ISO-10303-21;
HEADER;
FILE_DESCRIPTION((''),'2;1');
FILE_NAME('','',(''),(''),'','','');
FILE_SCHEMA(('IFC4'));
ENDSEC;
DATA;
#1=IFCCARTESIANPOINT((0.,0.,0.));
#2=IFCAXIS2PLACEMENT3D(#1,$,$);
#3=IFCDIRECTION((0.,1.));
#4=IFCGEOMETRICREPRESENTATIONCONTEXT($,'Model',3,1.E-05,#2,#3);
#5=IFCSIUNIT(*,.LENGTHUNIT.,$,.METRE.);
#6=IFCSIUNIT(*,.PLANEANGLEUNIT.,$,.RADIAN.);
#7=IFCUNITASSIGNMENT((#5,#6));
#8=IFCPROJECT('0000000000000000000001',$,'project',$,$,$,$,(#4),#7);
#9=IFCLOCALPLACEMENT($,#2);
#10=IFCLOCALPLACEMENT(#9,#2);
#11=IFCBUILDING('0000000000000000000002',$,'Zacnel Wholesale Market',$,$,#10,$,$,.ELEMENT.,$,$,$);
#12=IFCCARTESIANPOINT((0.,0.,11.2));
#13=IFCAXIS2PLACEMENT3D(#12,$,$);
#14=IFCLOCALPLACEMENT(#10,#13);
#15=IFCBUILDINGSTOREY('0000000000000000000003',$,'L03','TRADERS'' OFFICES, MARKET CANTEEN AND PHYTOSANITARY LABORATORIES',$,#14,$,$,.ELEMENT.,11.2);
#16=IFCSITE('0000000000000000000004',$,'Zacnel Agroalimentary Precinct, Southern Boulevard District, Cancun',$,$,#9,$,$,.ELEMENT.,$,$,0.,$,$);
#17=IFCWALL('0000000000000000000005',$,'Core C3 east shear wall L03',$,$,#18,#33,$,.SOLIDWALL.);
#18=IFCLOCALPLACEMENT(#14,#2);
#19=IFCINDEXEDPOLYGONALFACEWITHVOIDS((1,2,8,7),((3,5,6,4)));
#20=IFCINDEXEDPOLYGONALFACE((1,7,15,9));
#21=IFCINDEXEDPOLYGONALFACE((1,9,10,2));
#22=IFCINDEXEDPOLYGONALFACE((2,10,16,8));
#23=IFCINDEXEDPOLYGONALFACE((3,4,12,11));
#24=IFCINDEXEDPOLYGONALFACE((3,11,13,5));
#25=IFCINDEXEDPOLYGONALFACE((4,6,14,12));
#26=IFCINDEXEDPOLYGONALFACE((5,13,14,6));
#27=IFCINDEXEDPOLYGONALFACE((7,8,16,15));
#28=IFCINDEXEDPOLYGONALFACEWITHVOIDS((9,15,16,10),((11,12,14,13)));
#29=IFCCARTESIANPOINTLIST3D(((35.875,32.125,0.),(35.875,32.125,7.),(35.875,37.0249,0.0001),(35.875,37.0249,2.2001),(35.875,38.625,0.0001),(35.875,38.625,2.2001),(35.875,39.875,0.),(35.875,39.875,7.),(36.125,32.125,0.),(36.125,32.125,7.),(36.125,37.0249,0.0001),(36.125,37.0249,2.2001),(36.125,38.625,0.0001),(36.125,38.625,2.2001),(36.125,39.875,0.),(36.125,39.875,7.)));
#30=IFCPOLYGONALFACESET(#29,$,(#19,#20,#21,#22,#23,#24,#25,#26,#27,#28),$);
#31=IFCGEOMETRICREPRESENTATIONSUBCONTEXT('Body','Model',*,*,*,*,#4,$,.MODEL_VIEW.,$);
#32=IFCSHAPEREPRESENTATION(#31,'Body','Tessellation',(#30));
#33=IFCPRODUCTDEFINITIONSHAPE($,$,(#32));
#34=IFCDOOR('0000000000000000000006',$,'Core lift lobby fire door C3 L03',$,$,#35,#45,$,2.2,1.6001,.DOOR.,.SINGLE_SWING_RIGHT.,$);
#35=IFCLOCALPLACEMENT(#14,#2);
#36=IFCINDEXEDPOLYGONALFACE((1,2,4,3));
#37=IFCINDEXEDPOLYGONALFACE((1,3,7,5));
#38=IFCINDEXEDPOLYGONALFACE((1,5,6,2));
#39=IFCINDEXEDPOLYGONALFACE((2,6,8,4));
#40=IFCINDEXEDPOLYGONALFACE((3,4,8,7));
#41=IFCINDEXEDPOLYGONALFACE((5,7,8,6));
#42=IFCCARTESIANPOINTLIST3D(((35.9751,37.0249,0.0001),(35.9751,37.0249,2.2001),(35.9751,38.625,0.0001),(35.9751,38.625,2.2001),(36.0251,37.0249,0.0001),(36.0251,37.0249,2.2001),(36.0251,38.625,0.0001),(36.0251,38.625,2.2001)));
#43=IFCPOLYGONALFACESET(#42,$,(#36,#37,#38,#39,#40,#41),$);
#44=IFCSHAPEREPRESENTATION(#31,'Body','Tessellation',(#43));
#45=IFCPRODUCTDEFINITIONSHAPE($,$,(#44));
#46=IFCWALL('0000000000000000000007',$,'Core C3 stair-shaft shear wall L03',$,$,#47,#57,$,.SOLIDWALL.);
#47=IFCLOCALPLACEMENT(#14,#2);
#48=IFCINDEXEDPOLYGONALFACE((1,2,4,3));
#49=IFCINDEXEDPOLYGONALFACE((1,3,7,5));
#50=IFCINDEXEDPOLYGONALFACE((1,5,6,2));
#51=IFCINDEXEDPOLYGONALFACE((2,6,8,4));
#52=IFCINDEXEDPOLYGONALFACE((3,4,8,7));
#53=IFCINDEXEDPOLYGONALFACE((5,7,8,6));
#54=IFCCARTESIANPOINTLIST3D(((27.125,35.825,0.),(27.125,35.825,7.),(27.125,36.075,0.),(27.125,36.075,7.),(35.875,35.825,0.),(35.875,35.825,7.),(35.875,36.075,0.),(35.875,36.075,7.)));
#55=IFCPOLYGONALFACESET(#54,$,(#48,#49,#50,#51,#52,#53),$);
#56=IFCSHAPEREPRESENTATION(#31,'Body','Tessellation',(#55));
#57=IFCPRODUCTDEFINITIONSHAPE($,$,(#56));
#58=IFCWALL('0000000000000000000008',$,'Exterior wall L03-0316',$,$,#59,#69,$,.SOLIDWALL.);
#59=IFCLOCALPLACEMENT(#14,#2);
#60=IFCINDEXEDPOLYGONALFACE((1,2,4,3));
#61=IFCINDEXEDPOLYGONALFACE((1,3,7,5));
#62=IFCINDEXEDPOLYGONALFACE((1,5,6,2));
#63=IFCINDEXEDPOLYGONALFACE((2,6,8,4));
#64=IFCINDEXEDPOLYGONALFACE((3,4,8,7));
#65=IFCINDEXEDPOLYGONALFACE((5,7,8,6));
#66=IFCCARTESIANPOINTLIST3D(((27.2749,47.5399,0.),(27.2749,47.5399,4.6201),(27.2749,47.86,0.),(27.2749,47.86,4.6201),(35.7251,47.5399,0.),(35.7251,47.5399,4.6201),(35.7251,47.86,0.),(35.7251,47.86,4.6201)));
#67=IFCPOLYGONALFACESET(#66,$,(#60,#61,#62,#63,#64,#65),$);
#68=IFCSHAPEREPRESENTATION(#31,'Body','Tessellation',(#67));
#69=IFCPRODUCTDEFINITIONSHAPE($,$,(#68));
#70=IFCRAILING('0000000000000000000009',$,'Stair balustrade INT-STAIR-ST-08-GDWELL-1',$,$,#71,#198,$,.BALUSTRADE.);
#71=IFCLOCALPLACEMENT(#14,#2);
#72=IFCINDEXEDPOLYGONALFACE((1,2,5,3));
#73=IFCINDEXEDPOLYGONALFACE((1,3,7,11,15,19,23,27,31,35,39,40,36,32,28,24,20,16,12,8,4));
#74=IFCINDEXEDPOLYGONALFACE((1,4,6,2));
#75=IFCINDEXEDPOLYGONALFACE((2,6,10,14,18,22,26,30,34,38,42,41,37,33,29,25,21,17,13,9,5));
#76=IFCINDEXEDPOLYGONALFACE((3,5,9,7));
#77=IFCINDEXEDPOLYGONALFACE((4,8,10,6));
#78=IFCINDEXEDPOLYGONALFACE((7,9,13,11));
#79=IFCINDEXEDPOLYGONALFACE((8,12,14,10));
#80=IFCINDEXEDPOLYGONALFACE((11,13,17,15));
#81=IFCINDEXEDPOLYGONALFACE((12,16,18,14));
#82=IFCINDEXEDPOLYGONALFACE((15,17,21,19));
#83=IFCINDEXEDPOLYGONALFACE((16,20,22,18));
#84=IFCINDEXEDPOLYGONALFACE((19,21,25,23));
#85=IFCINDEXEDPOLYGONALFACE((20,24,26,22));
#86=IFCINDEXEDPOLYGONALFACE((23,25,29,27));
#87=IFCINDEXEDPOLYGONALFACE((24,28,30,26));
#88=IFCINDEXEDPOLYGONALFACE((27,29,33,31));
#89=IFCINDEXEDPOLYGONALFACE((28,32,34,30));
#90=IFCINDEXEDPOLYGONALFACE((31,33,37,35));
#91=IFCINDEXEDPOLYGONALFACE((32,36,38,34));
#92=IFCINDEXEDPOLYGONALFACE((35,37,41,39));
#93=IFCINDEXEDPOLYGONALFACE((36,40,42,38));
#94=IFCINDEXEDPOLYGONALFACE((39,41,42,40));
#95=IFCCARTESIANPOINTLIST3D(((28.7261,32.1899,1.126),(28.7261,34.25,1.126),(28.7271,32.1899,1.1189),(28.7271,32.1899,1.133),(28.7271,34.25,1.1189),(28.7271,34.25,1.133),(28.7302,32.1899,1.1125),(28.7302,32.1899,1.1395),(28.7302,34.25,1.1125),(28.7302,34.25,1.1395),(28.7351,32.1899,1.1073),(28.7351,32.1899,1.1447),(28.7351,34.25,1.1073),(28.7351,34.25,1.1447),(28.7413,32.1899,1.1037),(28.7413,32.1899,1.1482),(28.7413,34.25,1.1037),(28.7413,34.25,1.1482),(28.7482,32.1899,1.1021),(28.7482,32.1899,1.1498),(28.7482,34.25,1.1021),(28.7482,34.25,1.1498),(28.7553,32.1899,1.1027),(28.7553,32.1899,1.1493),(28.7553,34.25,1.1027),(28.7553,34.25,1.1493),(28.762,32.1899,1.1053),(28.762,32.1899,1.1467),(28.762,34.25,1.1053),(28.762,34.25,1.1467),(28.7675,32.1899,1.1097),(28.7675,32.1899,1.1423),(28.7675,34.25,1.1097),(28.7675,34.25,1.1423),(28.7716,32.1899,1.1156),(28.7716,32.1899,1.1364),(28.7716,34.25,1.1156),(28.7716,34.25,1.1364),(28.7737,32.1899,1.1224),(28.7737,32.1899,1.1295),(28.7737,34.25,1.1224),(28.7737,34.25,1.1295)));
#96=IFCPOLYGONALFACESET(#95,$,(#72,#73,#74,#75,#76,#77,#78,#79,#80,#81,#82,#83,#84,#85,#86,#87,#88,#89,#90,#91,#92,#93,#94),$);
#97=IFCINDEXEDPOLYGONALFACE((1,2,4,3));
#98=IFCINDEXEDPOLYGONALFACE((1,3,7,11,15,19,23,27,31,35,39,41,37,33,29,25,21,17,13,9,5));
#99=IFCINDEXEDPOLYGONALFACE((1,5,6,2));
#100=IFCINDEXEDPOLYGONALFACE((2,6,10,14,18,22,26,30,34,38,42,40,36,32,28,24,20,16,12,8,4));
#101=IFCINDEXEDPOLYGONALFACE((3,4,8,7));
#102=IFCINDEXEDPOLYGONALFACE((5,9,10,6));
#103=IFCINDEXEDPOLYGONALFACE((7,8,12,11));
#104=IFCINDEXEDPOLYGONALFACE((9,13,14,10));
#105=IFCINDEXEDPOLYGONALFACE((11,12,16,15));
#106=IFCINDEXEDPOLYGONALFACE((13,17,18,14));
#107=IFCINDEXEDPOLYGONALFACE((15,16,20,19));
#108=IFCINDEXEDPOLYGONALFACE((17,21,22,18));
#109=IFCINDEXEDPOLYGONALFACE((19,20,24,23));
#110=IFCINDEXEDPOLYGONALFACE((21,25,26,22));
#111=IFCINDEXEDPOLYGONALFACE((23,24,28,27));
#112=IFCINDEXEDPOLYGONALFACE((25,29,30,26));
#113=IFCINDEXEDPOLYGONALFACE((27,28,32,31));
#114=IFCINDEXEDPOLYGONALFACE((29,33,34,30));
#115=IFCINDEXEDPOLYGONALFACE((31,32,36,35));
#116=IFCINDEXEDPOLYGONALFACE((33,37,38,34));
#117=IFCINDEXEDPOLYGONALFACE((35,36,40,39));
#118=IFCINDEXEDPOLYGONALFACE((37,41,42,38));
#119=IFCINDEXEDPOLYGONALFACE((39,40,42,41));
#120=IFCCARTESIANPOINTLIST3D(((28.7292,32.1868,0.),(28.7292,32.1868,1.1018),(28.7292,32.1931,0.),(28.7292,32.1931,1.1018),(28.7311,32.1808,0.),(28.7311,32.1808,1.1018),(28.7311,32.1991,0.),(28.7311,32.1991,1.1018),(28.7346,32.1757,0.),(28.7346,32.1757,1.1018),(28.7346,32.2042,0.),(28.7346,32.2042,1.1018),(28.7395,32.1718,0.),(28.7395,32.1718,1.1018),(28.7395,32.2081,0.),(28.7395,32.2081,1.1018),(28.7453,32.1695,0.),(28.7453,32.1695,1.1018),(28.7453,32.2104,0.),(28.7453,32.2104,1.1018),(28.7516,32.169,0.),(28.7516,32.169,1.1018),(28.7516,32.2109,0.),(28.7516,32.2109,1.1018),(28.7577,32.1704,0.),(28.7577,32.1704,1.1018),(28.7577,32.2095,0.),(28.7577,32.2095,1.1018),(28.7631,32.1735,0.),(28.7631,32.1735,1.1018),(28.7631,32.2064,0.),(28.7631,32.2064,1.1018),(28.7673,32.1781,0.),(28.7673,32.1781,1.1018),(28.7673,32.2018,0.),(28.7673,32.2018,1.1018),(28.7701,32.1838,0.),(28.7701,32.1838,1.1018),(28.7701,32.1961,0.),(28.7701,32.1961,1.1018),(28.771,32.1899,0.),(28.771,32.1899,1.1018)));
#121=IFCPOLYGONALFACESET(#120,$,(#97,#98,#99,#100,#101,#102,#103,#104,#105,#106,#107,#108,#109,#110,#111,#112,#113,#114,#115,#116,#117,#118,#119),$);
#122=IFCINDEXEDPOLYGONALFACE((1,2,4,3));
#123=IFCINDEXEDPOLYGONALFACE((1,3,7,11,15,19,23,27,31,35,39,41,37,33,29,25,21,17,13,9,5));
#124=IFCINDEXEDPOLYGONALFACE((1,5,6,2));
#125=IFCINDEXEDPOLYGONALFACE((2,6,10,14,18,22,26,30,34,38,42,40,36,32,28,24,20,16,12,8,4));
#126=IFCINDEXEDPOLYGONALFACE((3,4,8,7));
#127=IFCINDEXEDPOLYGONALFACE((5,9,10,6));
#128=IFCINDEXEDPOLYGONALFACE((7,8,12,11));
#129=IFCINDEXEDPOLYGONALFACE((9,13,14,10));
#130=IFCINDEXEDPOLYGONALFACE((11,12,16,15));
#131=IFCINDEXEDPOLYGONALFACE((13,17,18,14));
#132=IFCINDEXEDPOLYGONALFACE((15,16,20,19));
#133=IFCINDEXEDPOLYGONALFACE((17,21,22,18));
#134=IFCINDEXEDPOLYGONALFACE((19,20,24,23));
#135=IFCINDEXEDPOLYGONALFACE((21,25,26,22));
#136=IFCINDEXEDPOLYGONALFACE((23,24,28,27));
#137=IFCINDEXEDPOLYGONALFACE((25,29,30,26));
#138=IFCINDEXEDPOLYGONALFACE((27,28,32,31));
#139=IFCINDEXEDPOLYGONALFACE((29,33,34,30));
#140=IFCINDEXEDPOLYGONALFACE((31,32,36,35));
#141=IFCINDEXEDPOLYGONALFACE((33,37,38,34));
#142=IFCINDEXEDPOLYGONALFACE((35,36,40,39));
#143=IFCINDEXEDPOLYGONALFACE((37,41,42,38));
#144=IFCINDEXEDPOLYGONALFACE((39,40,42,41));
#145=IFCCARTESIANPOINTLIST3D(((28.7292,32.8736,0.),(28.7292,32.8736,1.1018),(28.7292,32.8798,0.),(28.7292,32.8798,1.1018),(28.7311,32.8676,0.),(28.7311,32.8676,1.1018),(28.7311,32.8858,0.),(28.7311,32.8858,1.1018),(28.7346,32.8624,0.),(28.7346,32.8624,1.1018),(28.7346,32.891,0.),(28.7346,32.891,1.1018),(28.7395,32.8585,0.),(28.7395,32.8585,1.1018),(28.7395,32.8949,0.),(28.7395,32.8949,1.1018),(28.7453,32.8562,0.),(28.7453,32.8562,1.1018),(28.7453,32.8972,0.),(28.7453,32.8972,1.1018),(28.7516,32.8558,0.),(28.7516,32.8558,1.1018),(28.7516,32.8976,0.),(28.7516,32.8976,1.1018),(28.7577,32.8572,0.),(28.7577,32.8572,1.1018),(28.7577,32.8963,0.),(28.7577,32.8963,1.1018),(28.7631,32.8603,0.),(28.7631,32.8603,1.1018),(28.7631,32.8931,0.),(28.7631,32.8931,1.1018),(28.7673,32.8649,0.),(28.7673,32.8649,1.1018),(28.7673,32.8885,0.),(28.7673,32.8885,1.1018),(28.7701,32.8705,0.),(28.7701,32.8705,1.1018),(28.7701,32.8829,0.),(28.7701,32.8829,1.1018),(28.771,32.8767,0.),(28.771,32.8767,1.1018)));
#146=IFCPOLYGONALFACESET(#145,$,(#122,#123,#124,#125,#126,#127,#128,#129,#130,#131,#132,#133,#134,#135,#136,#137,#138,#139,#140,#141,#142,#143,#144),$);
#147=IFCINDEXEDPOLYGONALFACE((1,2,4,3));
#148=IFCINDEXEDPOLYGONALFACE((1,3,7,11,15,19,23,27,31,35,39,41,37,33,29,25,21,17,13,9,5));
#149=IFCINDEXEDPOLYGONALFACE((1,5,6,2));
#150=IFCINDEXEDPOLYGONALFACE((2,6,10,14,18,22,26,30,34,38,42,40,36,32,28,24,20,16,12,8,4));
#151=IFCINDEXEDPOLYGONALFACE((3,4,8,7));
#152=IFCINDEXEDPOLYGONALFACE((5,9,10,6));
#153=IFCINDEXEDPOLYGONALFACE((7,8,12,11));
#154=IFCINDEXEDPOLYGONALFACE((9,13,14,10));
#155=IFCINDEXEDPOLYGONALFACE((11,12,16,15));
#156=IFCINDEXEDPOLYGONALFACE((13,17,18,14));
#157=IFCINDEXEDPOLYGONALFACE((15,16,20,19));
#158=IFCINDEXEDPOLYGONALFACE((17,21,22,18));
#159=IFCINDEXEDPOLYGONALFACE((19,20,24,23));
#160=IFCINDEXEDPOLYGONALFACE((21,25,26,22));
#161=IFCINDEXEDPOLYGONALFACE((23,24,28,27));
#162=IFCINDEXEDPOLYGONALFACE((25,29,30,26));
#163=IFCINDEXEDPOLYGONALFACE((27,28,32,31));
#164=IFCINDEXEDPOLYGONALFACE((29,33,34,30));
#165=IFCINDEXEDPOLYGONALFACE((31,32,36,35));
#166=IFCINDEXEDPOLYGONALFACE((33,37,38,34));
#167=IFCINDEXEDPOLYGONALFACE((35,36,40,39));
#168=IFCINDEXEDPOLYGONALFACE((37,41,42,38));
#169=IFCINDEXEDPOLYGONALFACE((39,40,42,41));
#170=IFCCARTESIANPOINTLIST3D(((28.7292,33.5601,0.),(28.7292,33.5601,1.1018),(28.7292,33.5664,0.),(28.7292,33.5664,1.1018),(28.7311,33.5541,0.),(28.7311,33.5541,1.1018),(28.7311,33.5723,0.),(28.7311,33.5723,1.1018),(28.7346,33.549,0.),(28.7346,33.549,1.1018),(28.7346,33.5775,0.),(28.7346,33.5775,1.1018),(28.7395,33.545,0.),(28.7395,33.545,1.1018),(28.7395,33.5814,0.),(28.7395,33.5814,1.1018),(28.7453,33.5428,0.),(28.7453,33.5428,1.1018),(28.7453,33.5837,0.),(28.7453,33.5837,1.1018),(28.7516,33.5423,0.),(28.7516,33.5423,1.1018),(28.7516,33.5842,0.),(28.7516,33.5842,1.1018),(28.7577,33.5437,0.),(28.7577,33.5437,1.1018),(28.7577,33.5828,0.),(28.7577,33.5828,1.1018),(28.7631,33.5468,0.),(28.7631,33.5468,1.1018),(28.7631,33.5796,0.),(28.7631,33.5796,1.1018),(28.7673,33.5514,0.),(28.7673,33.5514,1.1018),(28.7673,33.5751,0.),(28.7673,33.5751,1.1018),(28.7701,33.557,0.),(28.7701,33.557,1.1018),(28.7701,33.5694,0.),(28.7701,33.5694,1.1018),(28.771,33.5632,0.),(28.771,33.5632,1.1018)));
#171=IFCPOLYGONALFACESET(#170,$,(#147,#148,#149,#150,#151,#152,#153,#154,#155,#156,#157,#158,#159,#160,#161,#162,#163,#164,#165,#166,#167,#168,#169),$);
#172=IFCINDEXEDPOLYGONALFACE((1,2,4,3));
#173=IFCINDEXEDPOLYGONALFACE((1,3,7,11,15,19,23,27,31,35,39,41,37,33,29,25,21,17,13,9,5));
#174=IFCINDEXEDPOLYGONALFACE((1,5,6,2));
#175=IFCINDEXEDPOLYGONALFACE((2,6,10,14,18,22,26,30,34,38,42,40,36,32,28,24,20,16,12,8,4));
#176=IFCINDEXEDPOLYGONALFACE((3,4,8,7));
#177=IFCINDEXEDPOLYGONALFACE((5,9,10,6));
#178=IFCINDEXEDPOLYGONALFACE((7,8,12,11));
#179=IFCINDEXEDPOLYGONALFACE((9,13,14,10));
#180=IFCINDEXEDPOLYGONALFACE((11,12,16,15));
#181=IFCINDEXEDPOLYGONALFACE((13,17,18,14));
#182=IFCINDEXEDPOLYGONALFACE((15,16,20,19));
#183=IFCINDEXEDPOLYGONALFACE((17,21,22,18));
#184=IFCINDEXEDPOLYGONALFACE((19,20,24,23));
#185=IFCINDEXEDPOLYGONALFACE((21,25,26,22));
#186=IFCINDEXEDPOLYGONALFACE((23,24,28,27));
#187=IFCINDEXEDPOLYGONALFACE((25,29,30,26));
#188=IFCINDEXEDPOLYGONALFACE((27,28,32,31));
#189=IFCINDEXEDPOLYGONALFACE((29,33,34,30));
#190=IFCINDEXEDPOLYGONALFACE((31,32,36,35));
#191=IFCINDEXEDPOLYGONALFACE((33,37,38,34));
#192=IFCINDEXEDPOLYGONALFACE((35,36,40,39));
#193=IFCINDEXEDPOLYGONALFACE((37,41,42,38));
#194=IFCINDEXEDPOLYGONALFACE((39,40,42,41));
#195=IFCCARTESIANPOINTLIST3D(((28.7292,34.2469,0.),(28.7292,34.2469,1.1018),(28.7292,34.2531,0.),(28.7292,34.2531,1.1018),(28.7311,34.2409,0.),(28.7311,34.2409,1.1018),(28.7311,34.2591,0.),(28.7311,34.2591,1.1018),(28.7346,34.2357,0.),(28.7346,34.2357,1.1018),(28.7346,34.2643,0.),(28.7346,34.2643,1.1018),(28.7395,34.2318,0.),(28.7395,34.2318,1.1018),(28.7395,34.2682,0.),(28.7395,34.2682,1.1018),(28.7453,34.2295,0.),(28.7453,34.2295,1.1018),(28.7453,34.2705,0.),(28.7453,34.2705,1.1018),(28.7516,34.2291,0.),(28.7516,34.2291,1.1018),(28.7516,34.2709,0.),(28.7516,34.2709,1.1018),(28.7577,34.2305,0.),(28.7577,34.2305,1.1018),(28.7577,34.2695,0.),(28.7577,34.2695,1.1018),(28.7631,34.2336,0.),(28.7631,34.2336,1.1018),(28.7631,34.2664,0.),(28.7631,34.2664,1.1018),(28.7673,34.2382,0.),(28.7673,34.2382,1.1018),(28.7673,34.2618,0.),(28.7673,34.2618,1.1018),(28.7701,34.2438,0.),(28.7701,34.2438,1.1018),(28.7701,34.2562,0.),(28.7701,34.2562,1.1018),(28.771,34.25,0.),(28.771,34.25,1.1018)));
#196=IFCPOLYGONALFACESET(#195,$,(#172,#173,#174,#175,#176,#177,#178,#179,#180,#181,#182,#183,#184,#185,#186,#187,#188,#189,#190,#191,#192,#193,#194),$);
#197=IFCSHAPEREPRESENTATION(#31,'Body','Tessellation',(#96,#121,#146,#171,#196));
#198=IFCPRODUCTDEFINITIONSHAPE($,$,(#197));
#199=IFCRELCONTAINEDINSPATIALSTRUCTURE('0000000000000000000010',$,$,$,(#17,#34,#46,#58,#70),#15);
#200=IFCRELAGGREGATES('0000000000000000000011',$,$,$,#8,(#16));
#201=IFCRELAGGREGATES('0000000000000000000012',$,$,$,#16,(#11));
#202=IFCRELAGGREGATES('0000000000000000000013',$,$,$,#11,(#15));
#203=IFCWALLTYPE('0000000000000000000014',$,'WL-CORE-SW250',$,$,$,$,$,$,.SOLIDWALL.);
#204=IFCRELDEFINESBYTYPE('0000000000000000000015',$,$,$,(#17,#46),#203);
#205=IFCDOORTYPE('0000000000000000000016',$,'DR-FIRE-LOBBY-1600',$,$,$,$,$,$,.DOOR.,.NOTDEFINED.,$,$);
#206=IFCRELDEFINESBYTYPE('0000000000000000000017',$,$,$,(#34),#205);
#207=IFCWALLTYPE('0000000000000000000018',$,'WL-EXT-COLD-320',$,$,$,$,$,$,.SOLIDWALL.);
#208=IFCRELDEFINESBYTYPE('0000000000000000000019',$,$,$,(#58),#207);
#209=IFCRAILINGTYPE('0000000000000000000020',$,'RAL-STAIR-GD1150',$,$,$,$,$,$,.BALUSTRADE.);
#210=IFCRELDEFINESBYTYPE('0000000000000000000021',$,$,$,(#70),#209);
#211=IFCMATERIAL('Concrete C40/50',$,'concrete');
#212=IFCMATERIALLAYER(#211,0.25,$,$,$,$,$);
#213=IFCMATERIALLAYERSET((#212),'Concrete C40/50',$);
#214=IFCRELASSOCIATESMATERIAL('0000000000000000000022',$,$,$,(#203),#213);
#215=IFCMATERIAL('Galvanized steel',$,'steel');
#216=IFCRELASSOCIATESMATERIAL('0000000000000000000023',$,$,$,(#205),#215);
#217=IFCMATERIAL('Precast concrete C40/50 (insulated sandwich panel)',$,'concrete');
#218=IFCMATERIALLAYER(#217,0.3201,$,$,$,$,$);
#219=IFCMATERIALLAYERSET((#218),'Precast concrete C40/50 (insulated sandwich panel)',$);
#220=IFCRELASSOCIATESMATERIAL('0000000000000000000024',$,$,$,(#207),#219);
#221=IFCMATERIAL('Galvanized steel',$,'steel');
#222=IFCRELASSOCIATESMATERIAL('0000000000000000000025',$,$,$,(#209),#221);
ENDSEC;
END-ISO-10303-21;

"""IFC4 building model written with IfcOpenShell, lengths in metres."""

from ifc_helpers import new_model, si_unit, direction, frame, frame_2d, origin, origin_2d, place, context, subcontext, project, spatial, rectangle, circle, extrude, material, layer, layer_set, type_object, element, fill, save


model = new_model("IFC4")

# Units and contexts
model_context = context("Model", 3, precision=1e-05, world=origin(), true_north=direction((0.0, 1.0)))
body_context = subcontext(model_context, "Body", "Model", "MODEL_VIEW")
ifc_project = project(units=[si_unit("LENGTHUNIT", "METRE"), si_unit("PLANEANGLEUNIT", "RADIAN")], contexts=[model_context])

# Site, building, storey
site_placement = place(None, origin())
site = spatial("IfcSite", under=ifc_project, at=site_placement, Name="Zacnel Agroalimentary Precinct, Southern Boulevard District, Cancun", CompositionType="ELEMENT", RefElevation=0.0)
building_placement = place(site_placement, origin())
building = spatial("IfcBuilding", under=site, at=building_placement, Name="Zacnel Wholesale Market", CompositionType="ELEMENT")
storey_placement = place(building_placement, frame((0.0, 0.0, 11.2)))
storey = spatial("IfcBuildingStorey", under=building, at=storey_placement, Name="L03", Description="TRADERS' OFFICES, MARKET CANTEEN AND PHYTOSANITARY LABORATORIES", CompositionType="ELEMENT", Elevation=11.2)

# Shared definitions
ifc_material_1 = material(Name="Concrete C40/50", Category="concrete")
ifc_layer_1 = layer(ifc_material_1, 0.25)
ifc_layer_set_1 = layer_set([ifc_layer_1], Name="Concrete C40/50")
wall_type_1 = type_object("IfcWallType", Name="WL-CORE-SW250", PredefinedType="SOLIDWALL", material=ifc_layer_set_1)

# Wall, opening, door
wall_1_placement = place(storey_placement, frame((36.0, 32.125, 0.0), z_axis=(0.0, 0.0, 1.0), x_axis=(0.0, 1.0, 0.0)))
wall_1 = element("IfcWall", 1, at=wall_1_placement, inside=storey, type_object=wall_type_1, Name="Core C3 east shear wall L03", PredefinedType="SOLIDWALL", context=body_context, shape_type="SweptSolid", body=[
    extrude(rectangle(XDim=7.75, YDim=0.25, at=frame_2d((3.875, 0.0))), origin(), (0.0, 0.0, 1.0), 7.0),
])
opening_1_placement = place(wall_1_placement, frame((4.8999, 0.0, 0.0)))
opening_1 = element("IfcOpeningElement", 2, at=opening_1_placement, cuts=wall_1, PredefinedType="OPENING", context=body_context, shape_type="SweptSolid", body=[
    extrude(rectangle(XDim=1.6001, YDim=2.2, at=frame_2d((0.8, 1.1001))), frame((0.0, 0.135, 0.0), z_axis=(0.0, -1.0, 0.0), x_axis=(1.0, 0.0, 0.0)), (0.0, 0.0, 1.0), 0.27),
])
ifc_material_2 = material(Name="Galvanized steel", Category="steel")
door_type_1 = type_object("IfcDoorType", Name="DR-FIRE-LOBBY-1600", OperationType="NOTDEFINED", PredefinedType="DOOR", material=ifc_material_2)
door_1_placement = place(opening_1_placement, origin())
door_1 = element("IfcDoor", 3, at=door_1_placement, inside=storey, type_object=door_type_1, Name="Core lift lobby fire door C3 L03", OperationType="SINGLE_SWING_RIGHT", OverallHeight=2.2, OverallWidth=1.6001, PredefinedType="DOOR", context=body_context, shape_type="SweptSolid", body=[
    extrude(rectangle(XDim=1.6001, YDim=2.2, at=frame_2d((0.8, 1.1001))), frame((0.0, 0.0249, 0.0), z_axis=(0.0, -1.0, 0.0), x_axis=(1.0, 0.0, 0.0)), (0.0, 0.0, 1.0), 0.05),
])
fill(opening_1, door_1)

# Wall
wall_2_placement = place(storey_placement, frame((27.125, 35.95, 0.0), z_axis=(0.0, 0.0, 1.0), x_axis=(1.0, 0.0, 0.0)))
element("IfcWall", 4, at=wall_2_placement, inside=storey, type_object=wall_type_1, Name="Core C3 stair-shaft shear wall L03", PredefinedType="SOLIDWALL", context=body_context, shape_type="SweptSolid", body=[
    extrude(rectangle(XDim=8.75, YDim=0.25, at=frame_2d((4.375, 0.0))), origin(), (0.0, 0.0, 1.0), 7.0),
])

# Wall
ifc_material_3 = material(Name="Precast concrete C40/50 (insulated sandwich panel)", Category="concrete")
ifc_layer_2 = layer(ifc_material_3, 0.3201)
ifc_layer_set_2 = layer_set([ifc_layer_2], Name="Precast concrete C40/50 (insulated sandwich panel)")
wall_type_2 = type_object("IfcWallType", Name="WL-EXT-COLD-320", PredefinedType="SOLIDWALL", material=ifc_layer_set_2)
wall_3_placement = place(storey_placement, frame((27.2749, 47.7, 0.0), z_axis=(0.0, 0.0, 1.0), x_axis=(1.0, 0.0, 0.0)))
element("IfcWall", 5, at=wall_3_placement, inside=storey, type_object=wall_type_2, Name="Exterior wall L03-0316", PredefinedType="SOLIDWALL", context=body_context, shape_type="SweptSolid", body=[
    extrude(rectangle(XDim=8.4502, YDim=0.3201, at=frame_2d((4.2251, 0.0))), origin(), (0.0, 0.0, 1.0), 4.6201),
])

# Railing
ifc_material_4 = material(Name="Galvanized steel", Category="steel")
railing_type = type_object("IfcRailingType", Name="RAL-STAIR-GD1150", PredefinedType="BALUSTRADE", material=ifc_material_4)
railing_placement = place(storey_placement, frame((28.75, 32.1899, 0.0)))
element("IfcRailing", 6, at=railing_placement, inside=storey, type_object=railing_type, Name="Stair balustrade INT-STAIR-ST-08-GDWELL-1", PredefinedType="BALUSTRADE", context=body_context, shape_type="SweptSolid", body=[
    extrude(circle(Radius=0.0239, at=origin_2d()), frame((0.0, 0.0, 1.126), z_axis=(0.0, 1.0, 0.0), x_axis=(-1.0, 0.0, 0.0)), (0.0, 0.0, 1.0), 2.0601),
    extrude(circle(Radius=0.021, at=origin_2d()), origin(), (0.0, 0.0, 1.0), 1.1018),
    extrude(circle(Radius=0.021, at=origin_2d()), frame((0.0, 0.6868, 0.0)), (0.0, 0.0, 1.0), 1.1018),
    extrude(circle(Radius=0.021, at=origin_2d()), frame((0.0, 1.3733, 0.0)), (0.0, 0.0, 1.0), 1.1018),
    extrude(circle(Radius=0.021, at=origin_2d()), frame((0.0, 2.0601, 0.0)), (0.0, 0.0, 1.0), 1.1018),
])

save(model, "model.ifc")
